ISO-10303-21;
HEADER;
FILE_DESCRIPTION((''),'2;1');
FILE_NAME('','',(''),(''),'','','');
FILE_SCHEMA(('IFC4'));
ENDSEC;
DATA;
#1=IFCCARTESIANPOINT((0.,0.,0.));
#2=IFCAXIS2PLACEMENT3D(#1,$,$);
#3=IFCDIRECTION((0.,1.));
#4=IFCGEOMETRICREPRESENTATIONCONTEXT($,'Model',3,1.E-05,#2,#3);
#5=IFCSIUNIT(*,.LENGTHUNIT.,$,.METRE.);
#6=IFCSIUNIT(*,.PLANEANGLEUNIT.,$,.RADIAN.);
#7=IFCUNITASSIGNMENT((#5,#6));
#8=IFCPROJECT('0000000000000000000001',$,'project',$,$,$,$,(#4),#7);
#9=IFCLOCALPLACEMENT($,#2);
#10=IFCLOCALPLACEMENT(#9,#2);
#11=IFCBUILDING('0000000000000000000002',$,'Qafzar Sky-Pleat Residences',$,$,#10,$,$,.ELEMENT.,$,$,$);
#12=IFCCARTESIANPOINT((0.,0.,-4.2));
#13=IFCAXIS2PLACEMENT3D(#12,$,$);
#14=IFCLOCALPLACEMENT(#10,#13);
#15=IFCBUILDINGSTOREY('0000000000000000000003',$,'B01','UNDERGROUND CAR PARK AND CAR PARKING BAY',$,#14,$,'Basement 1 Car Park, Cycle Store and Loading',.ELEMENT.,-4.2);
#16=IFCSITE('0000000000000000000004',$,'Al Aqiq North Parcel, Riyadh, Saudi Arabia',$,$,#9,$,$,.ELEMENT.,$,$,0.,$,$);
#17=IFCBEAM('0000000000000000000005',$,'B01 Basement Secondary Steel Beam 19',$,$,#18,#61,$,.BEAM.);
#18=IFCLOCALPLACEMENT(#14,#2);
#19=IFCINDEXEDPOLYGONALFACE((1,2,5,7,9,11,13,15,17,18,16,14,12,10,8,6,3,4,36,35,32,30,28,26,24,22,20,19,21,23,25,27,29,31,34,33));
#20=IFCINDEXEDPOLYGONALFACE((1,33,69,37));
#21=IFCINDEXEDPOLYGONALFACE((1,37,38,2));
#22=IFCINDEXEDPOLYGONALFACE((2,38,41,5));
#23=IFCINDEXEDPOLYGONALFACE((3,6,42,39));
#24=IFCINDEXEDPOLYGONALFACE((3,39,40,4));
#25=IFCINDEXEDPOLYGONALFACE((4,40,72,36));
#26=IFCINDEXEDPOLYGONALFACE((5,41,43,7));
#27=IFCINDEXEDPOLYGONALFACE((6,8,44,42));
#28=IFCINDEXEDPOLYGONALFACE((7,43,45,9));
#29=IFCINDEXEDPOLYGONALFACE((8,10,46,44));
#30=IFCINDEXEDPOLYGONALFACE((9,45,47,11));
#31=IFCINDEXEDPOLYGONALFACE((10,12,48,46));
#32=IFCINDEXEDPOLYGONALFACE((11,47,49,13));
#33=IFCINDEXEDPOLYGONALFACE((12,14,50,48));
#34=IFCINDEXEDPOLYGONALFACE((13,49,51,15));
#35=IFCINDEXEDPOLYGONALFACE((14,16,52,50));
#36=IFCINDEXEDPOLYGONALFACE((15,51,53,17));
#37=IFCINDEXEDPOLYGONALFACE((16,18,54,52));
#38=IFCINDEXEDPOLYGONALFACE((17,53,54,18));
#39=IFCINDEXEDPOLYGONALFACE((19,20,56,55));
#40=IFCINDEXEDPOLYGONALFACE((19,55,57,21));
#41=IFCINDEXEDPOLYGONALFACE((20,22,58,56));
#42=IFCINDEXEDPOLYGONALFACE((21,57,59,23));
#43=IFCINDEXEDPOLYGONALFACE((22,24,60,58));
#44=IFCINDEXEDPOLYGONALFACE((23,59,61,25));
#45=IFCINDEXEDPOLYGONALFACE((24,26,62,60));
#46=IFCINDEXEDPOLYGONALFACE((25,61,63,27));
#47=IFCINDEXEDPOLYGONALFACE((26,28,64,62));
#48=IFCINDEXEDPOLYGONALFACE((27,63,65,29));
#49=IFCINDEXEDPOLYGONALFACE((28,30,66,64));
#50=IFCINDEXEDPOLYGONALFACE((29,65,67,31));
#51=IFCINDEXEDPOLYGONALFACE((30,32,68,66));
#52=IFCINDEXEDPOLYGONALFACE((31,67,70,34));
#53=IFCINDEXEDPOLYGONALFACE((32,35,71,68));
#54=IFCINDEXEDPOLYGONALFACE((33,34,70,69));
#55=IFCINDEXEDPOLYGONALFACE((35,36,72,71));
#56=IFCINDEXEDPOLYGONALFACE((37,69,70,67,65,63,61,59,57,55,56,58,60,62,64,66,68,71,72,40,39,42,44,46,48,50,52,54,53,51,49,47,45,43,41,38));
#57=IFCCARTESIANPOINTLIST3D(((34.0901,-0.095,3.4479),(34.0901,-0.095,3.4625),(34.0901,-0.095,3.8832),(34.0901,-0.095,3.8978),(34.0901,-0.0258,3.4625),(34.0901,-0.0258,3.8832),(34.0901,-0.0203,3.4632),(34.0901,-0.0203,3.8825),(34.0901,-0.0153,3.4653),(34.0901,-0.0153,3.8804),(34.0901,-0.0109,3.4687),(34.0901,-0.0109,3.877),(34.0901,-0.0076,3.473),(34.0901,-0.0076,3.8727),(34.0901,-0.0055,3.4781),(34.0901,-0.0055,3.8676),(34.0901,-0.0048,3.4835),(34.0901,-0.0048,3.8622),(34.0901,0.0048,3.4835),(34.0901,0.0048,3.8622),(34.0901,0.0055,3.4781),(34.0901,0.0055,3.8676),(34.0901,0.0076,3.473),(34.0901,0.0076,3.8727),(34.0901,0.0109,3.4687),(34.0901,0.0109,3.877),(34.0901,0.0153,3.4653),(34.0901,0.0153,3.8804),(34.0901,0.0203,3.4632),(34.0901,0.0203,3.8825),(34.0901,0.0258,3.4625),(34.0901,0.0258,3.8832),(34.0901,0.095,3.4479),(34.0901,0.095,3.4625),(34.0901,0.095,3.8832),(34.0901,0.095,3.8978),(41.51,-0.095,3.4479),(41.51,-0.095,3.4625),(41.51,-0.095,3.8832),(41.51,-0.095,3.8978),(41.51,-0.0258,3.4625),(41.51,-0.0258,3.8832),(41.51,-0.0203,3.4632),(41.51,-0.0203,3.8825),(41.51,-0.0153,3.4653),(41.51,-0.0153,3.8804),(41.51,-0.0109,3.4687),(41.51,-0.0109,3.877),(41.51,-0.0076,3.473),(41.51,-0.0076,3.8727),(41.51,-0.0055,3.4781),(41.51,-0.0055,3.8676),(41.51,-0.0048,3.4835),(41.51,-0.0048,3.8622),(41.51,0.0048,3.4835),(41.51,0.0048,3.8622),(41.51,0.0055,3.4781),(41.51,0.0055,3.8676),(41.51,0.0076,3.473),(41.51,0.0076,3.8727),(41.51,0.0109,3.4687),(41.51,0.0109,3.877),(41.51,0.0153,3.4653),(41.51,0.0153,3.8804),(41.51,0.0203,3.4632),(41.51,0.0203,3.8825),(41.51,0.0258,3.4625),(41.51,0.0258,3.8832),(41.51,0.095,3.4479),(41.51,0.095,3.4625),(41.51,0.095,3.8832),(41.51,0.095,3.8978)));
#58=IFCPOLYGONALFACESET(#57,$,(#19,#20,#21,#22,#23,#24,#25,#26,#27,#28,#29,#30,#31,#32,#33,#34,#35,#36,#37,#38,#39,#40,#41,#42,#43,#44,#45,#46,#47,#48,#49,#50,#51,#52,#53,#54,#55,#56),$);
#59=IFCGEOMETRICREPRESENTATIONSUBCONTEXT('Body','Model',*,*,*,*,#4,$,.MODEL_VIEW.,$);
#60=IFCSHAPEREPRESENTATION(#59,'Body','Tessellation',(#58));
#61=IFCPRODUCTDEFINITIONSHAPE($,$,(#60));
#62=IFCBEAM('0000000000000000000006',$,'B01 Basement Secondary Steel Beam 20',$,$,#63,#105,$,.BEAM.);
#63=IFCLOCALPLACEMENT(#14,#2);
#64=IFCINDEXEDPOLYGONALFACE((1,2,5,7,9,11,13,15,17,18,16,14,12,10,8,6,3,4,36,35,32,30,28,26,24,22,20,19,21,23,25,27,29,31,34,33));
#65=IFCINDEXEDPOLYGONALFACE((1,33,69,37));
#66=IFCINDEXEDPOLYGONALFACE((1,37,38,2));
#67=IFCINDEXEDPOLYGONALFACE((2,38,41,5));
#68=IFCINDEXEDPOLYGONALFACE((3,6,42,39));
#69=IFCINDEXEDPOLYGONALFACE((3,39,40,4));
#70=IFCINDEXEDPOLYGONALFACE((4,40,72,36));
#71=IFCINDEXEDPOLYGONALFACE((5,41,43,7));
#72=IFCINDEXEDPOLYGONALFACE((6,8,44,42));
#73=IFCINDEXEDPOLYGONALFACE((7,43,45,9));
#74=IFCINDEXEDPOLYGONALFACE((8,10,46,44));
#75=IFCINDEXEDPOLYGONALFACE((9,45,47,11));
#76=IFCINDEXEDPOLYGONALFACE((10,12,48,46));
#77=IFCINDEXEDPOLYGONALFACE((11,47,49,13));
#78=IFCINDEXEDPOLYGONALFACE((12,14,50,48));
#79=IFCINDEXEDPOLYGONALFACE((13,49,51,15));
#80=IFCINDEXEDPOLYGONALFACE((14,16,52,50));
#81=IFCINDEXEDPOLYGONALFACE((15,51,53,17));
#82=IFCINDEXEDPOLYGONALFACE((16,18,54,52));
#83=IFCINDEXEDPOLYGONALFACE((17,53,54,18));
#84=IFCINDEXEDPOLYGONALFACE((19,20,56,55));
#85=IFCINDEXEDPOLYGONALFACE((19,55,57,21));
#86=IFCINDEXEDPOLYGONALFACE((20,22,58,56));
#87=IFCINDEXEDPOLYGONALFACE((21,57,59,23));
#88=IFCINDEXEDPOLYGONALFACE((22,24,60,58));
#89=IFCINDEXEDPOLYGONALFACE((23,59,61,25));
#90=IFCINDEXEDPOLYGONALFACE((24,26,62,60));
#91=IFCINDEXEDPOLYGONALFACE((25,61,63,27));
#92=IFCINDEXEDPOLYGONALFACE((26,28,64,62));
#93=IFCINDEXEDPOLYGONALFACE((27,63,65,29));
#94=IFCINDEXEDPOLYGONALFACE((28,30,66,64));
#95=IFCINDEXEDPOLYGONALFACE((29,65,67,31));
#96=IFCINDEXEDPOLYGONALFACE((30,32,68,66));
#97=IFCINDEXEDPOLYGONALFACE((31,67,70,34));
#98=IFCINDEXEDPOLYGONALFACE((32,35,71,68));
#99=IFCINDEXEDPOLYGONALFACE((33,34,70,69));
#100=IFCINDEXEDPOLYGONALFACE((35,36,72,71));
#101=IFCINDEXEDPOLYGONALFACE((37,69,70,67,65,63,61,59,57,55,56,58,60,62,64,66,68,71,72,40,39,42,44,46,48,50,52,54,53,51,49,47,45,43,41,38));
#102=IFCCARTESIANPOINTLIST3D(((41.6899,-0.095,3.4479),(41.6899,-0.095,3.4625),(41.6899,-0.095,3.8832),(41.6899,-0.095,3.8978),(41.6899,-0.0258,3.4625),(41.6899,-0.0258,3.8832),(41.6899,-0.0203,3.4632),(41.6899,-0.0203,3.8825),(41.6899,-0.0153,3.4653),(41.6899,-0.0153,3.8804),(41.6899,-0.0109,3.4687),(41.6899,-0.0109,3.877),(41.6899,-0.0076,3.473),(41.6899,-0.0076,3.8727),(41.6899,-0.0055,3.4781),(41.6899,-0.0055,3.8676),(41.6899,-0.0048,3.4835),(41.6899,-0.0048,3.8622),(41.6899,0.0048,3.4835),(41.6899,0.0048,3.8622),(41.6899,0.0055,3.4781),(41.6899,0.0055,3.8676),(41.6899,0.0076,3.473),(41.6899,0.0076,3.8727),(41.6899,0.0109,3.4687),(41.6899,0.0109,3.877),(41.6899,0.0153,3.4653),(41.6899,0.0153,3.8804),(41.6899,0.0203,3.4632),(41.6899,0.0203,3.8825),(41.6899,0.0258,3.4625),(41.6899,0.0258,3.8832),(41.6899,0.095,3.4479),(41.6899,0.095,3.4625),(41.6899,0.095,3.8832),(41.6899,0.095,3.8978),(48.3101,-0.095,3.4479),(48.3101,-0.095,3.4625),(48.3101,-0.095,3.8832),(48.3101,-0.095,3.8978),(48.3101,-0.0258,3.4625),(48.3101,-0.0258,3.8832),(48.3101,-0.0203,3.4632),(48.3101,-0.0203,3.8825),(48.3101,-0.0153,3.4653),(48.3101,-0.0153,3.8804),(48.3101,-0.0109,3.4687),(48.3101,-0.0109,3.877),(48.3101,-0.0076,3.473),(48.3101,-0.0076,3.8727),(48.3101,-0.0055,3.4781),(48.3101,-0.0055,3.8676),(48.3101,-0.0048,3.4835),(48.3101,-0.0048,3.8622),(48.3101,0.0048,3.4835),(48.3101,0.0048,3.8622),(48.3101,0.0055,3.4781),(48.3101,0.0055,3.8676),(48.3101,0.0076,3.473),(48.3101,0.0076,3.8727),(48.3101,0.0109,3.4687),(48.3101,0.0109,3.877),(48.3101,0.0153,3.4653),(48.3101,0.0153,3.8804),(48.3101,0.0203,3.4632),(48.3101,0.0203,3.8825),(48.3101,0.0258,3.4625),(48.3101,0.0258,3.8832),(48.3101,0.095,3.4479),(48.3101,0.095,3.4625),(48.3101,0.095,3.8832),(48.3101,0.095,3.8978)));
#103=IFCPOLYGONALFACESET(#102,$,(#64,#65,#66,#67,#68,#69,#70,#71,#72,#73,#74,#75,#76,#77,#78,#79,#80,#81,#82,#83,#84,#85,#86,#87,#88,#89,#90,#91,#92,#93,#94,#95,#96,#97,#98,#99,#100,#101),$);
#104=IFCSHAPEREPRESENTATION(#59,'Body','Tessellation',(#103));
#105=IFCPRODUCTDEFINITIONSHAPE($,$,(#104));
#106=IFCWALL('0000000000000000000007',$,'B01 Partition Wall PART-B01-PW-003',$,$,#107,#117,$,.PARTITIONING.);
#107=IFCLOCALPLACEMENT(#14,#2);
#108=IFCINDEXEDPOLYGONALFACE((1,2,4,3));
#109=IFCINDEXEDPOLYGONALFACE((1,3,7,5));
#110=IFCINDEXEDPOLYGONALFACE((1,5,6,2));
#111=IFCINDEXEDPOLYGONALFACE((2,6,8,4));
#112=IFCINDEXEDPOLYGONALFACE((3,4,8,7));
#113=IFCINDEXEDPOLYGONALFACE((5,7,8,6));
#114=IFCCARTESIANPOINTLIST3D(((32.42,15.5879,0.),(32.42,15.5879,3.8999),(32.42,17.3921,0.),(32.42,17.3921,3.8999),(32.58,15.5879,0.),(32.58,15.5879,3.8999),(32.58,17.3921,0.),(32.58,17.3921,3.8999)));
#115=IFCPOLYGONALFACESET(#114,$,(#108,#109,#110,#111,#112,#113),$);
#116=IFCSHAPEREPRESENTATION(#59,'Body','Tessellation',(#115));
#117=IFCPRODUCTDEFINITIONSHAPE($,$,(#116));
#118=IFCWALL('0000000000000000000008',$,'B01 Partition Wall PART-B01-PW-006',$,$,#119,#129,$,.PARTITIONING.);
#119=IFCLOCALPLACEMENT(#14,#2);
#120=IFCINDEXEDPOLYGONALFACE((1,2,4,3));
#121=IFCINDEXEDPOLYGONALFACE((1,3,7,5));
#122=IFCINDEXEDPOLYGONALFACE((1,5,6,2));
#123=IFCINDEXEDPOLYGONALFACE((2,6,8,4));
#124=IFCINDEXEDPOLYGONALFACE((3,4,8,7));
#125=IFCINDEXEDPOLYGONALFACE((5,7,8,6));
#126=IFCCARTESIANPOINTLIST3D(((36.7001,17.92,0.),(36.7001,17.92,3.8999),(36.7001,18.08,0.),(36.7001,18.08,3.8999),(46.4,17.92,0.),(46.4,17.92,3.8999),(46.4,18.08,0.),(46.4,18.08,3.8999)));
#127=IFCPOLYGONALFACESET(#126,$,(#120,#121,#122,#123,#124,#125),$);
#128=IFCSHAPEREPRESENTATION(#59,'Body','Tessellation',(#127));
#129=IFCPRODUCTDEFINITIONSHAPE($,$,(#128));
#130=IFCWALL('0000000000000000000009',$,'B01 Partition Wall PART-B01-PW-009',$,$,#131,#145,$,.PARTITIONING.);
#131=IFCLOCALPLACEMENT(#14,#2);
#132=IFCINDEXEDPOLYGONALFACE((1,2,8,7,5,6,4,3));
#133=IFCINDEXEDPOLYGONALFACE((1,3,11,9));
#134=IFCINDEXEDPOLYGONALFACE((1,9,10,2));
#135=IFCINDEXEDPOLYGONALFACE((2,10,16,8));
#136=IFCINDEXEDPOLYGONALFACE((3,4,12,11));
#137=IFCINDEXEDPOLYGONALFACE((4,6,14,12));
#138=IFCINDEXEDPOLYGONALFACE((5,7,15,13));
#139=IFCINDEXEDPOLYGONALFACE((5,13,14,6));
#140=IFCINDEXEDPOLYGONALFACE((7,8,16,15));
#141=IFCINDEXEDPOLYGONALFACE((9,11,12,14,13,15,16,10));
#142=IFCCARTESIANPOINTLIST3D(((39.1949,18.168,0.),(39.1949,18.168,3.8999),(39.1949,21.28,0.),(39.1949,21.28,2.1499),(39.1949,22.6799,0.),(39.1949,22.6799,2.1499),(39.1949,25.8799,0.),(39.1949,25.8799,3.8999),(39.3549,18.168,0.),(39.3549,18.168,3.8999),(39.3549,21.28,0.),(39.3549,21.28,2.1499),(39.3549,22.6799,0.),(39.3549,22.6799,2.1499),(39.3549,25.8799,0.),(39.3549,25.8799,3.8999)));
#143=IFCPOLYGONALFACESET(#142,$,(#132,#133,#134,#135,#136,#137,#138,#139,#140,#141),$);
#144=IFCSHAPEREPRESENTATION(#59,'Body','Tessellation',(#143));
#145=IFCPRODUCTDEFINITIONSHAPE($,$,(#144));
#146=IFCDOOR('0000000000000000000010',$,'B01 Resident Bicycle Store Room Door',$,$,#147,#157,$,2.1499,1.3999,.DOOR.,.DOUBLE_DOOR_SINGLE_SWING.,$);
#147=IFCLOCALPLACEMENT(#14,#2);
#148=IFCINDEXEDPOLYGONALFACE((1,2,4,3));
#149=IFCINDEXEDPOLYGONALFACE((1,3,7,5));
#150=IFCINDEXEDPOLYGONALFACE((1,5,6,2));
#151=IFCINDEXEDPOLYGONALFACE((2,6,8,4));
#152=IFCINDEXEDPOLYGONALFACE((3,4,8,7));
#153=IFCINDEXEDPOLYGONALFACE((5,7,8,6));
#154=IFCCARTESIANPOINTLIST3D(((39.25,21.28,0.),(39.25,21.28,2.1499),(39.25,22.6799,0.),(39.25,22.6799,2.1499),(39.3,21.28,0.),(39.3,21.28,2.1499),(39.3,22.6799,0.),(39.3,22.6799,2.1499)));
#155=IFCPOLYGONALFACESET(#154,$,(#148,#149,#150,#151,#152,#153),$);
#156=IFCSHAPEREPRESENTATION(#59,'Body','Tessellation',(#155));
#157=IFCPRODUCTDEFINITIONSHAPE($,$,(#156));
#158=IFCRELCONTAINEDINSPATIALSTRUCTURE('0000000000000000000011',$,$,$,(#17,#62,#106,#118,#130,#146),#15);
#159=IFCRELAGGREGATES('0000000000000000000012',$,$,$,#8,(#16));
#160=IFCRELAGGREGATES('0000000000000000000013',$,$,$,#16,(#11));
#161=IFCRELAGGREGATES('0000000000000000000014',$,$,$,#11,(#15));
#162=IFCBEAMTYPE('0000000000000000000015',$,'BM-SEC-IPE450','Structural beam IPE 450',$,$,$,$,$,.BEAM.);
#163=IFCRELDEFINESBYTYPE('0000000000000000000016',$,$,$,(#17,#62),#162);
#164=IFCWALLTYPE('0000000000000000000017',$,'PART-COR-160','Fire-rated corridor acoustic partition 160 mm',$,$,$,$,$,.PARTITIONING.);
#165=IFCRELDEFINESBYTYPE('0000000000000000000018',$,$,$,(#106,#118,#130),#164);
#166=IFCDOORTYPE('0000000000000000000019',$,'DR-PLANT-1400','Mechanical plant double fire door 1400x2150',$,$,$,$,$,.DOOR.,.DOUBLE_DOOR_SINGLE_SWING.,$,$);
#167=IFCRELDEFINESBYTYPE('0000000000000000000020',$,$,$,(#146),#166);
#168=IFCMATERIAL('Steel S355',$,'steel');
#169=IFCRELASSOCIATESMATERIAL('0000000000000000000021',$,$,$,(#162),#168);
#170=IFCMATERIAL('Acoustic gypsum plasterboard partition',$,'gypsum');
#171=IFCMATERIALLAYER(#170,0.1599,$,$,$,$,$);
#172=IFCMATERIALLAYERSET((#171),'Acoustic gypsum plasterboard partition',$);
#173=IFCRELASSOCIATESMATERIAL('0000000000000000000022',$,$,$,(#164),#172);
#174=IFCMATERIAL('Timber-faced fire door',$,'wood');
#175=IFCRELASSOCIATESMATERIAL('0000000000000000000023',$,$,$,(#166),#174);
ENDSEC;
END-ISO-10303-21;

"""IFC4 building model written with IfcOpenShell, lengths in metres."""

from ifc_helpers import new_model, si_unit, direction, frame, frame_2d, origin, origin_2d, place, context, subcontext, project, spatial, rectangle, i_section, extrude, source, transform, mapped, material, layer, layer_set, material_profile, profile_set, type_object, element, fill, save


model = new_model("IFC4")

# Units and contexts
model_context = context("Model", 3, precision=1e-05, world=origin(), true_north=direction((0.0, 1.0)))
body_context = subcontext(model_context, "Body", "Model", "MODEL_VIEW")
ifc_project = project(units=[si_unit("LENGTHUNIT", "METRE"), si_unit("PLANEANGLEUNIT", "RADIAN")], contexts=[model_context])

# Site, building, storey
site_placement = place(None, origin())
site = spatial("IfcSite", under=ifc_project, at=site_placement, Name="Al Aqiq North Parcel, Riyadh, Saudi Arabia", CompositionType="ELEMENT", RefElevation=0.0)
building_placement = place(site_placement, origin())
building = spatial("IfcBuilding", under=site, at=building_placement, Name="Qafzar Sky-Pleat Residences", CompositionType="ELEMENT")
storey_placement = place(building_placement, frame((0.0, 0.0, -4.2)))
storey = spatial("IfcBuildingStorey", under=building, at=storey_placement, Name="B01", Description="UNDERGROUND CAR PARK AND CAR PARKING BAY", LongName="Basement 1 Car Park, Cycle Store and Loading", CompositionType="ELEMENT", Elevation=-4.2)

# Beams
ifc_material_1 = material(Name="Steel S355", Category="steel")
ifc_material_profile_1 = material_profile(ifc_material_1, i_section(OverallWidth=0.1899, OverallDepth=0.45, WebThickness=0.0095, FlangeThickness=0.0146, FilletRadius=0.021, at=origin_2d()), Name="IPE 450")
ifc_profile_set_1 = profile_set([ifc_material_profile_1], Name="Steel S355")
beam_type_1 = type_object("IfcBeamType", Name="BM-SEC-IPE450", Description="Structural beam IPE 450", PredefinedType="BEAM", material=ifc_profile_set_1)
shared_shape_1 = source(origin(), body_context, "Body", "SweptSolid", [
    extrude(i_section(OverallWidth=0.1899, OverallDepth=0.45, WebThickness=0.0095, FlangeThickness=0.0146, FilletRadius=0.021, at=origin_2d()), origin(), (0.0, 0.0, 1.0), 7.4199),
])
beam_1_placement = place(storey_placement, frame((34.0901, 0.0, 3.6729), z_axis=(1.0, 0.0, 0.0), x_axis=(0.0, 1.0, 0.0)))
element("IfcBeam", 1, at=beam_1_placement, inside=storey, type_object=beam_type_1, Name="B01 Basement Secondary Steel Beam 19", PredefinedType="BEAM", context=body_context, shape_type="MappedRepresentation", body=[
    mapped(shared_shape_1, transform((0.0, 0.0, 0.0), x_axis=(1.0, 0.0, 0.0), y_axis=(0.0, 1.0, 0.0), z_axis=(0.0, 0.0, 1.0), scale=1.0)),
])
shared_shape_2 = source(origin(), body_context, "Body", "SweptSolid", [
    extrude(i_section(OverallWidth=0.1899, OverallDepth=0.45, WebThickness=0.0095, FlangeThickness=0.0146, FilletRadius=0.021, at=origin_2d()), origin(), (0.0, 0.0, 1.0), 6.6201),
])
beam_2_placement = place(storey_placement, frame((41.6899, 0.0, 3.6729), z_axis=(1.0, 0.0, 0.0), x_axis=(0.0, 1.0, 0.0)))
element("IfcBeam", 2, at=beam_2_placement, inside=storey, type_object=beam_type_1, Name="B01 Basement Secondary Steel Beam 20", PredefinedType="BEAM", context=body_context, shape_type="MappedRepresentation", body=[
    mapped(shared_shape_2, transform((0.0, 0.0, 0.0), x_axis=(1.0, 0.0, 0.0), y_axis=(0.0, 1.0, 0.0), z_axis=(0.0, 0.0, 1.0), scale=1.0)),
])

# Walls
ifc_material_2 = material(Name="Acoustic gypsum plasterboard partition", Category="gypsum")
ifc_layer = layer(ifc_material_2, 0.1599)
ifc_layer_set = layer_set([ifc_layer], Name="Acoustic gypsum plasterboard partition")
wall_type = type_object("IfcWallType", Name="PART-COR-160", Description="Fire-rated corridor acoustic partition 160 mm", PredefinedType="PARTITIONING", material=ifc_layer_set)
wall_1_placement = place(storey_placement, frame((32.5, 15.5879, 0.0), z_axis=(0.0, 0.0, 1.0), x_axis=(0.0, 1.0, 0.0)))
element("IfcWall", 3, at=wall_1_placement, inside=storey, type_object=wall_type, Name="B01 Partition Wall PART-B01-PW-003", PredefinedType="PARTITIONING", context=body_context, shape_type="SweptSolid", body=[
    extrude(rectangle(XDim=1.8042, YDim=0.1599, at=frame_2d((0.9021, 0.0))), origin(), (0.0, 0.0, 1.0), 3.8999),
])
wall_2_placement = place(storey_placement, frame((36.7, 18.0, 0.0), z_axis=(0.0, 0.0, 1.0), x_axis=(1.0, 0.0, 0.0)))
element("IfcWall", 4, at=wall_2_placement, inside=storey, type_object=wall_type, Name="B01 Partition Wall PART-B01-PW-006", PredefinedType="PARTITIONING", context=body_context, shape_type="SweptSolid", body=[
    extrude(rectangle(XDim=9.7, YDim=0.1599, at=frame_2d((4.8501, 0.0))), origin(), (0.0, 0.0, 1.0), 3.8999),
])

# Wall, opening, door
wall_3_placement = place(storey_placement, frame((39.2749, 18.168, 0.0), z_axis=(0.0, 0.0, 1.0), x_axis=(0.0, 1.0, 0.0)))
wall_3 = element("IfcWall", 5, at=wall_3_placement, inside=storey, type_object=wall_type, Name="B01 Partition Wall PART-B01-PW-009", PredefinedType="PARTITIONING", context=body_context, shape_type="SweptSolid", body=[
    extrude(rectangle(XDim=7.7119, YDim=0.1599, at=frame_2d((3.856, 0.0))), origin(), (0.0, 0.0, 1.0), 3.8999),
])
opening_placement = place(wall_3_placement, frame((3.1121, 0.0, 0.0)))
opening = element("IfcOpeningElement", 6, at=opening_placement, cuts=wall_3, PredefinedType="OPENING", context=body_context, shape_type="SweptSolid", body=[
    extrude(rectangle(XDim=1.3999, YDim=2.1499, at=frame_2d((0.7, 1.075))), frame((0.0, 0.0898, 0.0), z_axis=(0.0, -1.0, 0.0), x_axis=(1.0, 0.0, 0.0)), (0.0, 0.0, 1.0), 0.1799),
])
ifc_material_3 = material(Name="Timber-faced fire door", Category="wood")
door_type = type_object("IfcDoorType", Name="DR-PLANT-1400", Description="Mechanical plant double fire door 1400x2150", OperationType="DOUBLE_DOOR_SINGLE_SWING", PredefinedType="DOOR", material=ifc_material_3)
shared_shape_3 = source(origin(), body_context, "Body", "SweptSolid", [
    extrude(rectangle(XDim=1.3999, YDim=2.1499, at=frame_2d((0.7, 1.075))), frame((0.0, 0.0249, 0.0), z_axis=(0.0, -1.0, 0.0), x_axis=(1.0, 0.0, 0.0)), (0.0, 0.0, 1.0), 0.05),
])
door_placement = place(opening_placement, origin())
door = element("IfcDoor", 7, at=door_placement, inside=storey, type_object=door_type, Name="B01 Resident Bicycle Store Room Door", OperationType="DOUBLE_DOOR_SINGLE_SWING", OverallHeight=2.1499, OverallWidth=1.3999, PredefinedType="DOOR", context=body_context, shape_type="MappedRepresentation", body=[
    mapped(shared_shape_3, transform((0.0, 0.0, 0.0), x_axis=(1.0, 0.0, 0.0), y_axis=(0.0, 1.0, 0.0), z_axis=(0.0, 0.0, 1.0), scale=1.0)),
])
fill(opening, door)

save(model, "model.ifc")
